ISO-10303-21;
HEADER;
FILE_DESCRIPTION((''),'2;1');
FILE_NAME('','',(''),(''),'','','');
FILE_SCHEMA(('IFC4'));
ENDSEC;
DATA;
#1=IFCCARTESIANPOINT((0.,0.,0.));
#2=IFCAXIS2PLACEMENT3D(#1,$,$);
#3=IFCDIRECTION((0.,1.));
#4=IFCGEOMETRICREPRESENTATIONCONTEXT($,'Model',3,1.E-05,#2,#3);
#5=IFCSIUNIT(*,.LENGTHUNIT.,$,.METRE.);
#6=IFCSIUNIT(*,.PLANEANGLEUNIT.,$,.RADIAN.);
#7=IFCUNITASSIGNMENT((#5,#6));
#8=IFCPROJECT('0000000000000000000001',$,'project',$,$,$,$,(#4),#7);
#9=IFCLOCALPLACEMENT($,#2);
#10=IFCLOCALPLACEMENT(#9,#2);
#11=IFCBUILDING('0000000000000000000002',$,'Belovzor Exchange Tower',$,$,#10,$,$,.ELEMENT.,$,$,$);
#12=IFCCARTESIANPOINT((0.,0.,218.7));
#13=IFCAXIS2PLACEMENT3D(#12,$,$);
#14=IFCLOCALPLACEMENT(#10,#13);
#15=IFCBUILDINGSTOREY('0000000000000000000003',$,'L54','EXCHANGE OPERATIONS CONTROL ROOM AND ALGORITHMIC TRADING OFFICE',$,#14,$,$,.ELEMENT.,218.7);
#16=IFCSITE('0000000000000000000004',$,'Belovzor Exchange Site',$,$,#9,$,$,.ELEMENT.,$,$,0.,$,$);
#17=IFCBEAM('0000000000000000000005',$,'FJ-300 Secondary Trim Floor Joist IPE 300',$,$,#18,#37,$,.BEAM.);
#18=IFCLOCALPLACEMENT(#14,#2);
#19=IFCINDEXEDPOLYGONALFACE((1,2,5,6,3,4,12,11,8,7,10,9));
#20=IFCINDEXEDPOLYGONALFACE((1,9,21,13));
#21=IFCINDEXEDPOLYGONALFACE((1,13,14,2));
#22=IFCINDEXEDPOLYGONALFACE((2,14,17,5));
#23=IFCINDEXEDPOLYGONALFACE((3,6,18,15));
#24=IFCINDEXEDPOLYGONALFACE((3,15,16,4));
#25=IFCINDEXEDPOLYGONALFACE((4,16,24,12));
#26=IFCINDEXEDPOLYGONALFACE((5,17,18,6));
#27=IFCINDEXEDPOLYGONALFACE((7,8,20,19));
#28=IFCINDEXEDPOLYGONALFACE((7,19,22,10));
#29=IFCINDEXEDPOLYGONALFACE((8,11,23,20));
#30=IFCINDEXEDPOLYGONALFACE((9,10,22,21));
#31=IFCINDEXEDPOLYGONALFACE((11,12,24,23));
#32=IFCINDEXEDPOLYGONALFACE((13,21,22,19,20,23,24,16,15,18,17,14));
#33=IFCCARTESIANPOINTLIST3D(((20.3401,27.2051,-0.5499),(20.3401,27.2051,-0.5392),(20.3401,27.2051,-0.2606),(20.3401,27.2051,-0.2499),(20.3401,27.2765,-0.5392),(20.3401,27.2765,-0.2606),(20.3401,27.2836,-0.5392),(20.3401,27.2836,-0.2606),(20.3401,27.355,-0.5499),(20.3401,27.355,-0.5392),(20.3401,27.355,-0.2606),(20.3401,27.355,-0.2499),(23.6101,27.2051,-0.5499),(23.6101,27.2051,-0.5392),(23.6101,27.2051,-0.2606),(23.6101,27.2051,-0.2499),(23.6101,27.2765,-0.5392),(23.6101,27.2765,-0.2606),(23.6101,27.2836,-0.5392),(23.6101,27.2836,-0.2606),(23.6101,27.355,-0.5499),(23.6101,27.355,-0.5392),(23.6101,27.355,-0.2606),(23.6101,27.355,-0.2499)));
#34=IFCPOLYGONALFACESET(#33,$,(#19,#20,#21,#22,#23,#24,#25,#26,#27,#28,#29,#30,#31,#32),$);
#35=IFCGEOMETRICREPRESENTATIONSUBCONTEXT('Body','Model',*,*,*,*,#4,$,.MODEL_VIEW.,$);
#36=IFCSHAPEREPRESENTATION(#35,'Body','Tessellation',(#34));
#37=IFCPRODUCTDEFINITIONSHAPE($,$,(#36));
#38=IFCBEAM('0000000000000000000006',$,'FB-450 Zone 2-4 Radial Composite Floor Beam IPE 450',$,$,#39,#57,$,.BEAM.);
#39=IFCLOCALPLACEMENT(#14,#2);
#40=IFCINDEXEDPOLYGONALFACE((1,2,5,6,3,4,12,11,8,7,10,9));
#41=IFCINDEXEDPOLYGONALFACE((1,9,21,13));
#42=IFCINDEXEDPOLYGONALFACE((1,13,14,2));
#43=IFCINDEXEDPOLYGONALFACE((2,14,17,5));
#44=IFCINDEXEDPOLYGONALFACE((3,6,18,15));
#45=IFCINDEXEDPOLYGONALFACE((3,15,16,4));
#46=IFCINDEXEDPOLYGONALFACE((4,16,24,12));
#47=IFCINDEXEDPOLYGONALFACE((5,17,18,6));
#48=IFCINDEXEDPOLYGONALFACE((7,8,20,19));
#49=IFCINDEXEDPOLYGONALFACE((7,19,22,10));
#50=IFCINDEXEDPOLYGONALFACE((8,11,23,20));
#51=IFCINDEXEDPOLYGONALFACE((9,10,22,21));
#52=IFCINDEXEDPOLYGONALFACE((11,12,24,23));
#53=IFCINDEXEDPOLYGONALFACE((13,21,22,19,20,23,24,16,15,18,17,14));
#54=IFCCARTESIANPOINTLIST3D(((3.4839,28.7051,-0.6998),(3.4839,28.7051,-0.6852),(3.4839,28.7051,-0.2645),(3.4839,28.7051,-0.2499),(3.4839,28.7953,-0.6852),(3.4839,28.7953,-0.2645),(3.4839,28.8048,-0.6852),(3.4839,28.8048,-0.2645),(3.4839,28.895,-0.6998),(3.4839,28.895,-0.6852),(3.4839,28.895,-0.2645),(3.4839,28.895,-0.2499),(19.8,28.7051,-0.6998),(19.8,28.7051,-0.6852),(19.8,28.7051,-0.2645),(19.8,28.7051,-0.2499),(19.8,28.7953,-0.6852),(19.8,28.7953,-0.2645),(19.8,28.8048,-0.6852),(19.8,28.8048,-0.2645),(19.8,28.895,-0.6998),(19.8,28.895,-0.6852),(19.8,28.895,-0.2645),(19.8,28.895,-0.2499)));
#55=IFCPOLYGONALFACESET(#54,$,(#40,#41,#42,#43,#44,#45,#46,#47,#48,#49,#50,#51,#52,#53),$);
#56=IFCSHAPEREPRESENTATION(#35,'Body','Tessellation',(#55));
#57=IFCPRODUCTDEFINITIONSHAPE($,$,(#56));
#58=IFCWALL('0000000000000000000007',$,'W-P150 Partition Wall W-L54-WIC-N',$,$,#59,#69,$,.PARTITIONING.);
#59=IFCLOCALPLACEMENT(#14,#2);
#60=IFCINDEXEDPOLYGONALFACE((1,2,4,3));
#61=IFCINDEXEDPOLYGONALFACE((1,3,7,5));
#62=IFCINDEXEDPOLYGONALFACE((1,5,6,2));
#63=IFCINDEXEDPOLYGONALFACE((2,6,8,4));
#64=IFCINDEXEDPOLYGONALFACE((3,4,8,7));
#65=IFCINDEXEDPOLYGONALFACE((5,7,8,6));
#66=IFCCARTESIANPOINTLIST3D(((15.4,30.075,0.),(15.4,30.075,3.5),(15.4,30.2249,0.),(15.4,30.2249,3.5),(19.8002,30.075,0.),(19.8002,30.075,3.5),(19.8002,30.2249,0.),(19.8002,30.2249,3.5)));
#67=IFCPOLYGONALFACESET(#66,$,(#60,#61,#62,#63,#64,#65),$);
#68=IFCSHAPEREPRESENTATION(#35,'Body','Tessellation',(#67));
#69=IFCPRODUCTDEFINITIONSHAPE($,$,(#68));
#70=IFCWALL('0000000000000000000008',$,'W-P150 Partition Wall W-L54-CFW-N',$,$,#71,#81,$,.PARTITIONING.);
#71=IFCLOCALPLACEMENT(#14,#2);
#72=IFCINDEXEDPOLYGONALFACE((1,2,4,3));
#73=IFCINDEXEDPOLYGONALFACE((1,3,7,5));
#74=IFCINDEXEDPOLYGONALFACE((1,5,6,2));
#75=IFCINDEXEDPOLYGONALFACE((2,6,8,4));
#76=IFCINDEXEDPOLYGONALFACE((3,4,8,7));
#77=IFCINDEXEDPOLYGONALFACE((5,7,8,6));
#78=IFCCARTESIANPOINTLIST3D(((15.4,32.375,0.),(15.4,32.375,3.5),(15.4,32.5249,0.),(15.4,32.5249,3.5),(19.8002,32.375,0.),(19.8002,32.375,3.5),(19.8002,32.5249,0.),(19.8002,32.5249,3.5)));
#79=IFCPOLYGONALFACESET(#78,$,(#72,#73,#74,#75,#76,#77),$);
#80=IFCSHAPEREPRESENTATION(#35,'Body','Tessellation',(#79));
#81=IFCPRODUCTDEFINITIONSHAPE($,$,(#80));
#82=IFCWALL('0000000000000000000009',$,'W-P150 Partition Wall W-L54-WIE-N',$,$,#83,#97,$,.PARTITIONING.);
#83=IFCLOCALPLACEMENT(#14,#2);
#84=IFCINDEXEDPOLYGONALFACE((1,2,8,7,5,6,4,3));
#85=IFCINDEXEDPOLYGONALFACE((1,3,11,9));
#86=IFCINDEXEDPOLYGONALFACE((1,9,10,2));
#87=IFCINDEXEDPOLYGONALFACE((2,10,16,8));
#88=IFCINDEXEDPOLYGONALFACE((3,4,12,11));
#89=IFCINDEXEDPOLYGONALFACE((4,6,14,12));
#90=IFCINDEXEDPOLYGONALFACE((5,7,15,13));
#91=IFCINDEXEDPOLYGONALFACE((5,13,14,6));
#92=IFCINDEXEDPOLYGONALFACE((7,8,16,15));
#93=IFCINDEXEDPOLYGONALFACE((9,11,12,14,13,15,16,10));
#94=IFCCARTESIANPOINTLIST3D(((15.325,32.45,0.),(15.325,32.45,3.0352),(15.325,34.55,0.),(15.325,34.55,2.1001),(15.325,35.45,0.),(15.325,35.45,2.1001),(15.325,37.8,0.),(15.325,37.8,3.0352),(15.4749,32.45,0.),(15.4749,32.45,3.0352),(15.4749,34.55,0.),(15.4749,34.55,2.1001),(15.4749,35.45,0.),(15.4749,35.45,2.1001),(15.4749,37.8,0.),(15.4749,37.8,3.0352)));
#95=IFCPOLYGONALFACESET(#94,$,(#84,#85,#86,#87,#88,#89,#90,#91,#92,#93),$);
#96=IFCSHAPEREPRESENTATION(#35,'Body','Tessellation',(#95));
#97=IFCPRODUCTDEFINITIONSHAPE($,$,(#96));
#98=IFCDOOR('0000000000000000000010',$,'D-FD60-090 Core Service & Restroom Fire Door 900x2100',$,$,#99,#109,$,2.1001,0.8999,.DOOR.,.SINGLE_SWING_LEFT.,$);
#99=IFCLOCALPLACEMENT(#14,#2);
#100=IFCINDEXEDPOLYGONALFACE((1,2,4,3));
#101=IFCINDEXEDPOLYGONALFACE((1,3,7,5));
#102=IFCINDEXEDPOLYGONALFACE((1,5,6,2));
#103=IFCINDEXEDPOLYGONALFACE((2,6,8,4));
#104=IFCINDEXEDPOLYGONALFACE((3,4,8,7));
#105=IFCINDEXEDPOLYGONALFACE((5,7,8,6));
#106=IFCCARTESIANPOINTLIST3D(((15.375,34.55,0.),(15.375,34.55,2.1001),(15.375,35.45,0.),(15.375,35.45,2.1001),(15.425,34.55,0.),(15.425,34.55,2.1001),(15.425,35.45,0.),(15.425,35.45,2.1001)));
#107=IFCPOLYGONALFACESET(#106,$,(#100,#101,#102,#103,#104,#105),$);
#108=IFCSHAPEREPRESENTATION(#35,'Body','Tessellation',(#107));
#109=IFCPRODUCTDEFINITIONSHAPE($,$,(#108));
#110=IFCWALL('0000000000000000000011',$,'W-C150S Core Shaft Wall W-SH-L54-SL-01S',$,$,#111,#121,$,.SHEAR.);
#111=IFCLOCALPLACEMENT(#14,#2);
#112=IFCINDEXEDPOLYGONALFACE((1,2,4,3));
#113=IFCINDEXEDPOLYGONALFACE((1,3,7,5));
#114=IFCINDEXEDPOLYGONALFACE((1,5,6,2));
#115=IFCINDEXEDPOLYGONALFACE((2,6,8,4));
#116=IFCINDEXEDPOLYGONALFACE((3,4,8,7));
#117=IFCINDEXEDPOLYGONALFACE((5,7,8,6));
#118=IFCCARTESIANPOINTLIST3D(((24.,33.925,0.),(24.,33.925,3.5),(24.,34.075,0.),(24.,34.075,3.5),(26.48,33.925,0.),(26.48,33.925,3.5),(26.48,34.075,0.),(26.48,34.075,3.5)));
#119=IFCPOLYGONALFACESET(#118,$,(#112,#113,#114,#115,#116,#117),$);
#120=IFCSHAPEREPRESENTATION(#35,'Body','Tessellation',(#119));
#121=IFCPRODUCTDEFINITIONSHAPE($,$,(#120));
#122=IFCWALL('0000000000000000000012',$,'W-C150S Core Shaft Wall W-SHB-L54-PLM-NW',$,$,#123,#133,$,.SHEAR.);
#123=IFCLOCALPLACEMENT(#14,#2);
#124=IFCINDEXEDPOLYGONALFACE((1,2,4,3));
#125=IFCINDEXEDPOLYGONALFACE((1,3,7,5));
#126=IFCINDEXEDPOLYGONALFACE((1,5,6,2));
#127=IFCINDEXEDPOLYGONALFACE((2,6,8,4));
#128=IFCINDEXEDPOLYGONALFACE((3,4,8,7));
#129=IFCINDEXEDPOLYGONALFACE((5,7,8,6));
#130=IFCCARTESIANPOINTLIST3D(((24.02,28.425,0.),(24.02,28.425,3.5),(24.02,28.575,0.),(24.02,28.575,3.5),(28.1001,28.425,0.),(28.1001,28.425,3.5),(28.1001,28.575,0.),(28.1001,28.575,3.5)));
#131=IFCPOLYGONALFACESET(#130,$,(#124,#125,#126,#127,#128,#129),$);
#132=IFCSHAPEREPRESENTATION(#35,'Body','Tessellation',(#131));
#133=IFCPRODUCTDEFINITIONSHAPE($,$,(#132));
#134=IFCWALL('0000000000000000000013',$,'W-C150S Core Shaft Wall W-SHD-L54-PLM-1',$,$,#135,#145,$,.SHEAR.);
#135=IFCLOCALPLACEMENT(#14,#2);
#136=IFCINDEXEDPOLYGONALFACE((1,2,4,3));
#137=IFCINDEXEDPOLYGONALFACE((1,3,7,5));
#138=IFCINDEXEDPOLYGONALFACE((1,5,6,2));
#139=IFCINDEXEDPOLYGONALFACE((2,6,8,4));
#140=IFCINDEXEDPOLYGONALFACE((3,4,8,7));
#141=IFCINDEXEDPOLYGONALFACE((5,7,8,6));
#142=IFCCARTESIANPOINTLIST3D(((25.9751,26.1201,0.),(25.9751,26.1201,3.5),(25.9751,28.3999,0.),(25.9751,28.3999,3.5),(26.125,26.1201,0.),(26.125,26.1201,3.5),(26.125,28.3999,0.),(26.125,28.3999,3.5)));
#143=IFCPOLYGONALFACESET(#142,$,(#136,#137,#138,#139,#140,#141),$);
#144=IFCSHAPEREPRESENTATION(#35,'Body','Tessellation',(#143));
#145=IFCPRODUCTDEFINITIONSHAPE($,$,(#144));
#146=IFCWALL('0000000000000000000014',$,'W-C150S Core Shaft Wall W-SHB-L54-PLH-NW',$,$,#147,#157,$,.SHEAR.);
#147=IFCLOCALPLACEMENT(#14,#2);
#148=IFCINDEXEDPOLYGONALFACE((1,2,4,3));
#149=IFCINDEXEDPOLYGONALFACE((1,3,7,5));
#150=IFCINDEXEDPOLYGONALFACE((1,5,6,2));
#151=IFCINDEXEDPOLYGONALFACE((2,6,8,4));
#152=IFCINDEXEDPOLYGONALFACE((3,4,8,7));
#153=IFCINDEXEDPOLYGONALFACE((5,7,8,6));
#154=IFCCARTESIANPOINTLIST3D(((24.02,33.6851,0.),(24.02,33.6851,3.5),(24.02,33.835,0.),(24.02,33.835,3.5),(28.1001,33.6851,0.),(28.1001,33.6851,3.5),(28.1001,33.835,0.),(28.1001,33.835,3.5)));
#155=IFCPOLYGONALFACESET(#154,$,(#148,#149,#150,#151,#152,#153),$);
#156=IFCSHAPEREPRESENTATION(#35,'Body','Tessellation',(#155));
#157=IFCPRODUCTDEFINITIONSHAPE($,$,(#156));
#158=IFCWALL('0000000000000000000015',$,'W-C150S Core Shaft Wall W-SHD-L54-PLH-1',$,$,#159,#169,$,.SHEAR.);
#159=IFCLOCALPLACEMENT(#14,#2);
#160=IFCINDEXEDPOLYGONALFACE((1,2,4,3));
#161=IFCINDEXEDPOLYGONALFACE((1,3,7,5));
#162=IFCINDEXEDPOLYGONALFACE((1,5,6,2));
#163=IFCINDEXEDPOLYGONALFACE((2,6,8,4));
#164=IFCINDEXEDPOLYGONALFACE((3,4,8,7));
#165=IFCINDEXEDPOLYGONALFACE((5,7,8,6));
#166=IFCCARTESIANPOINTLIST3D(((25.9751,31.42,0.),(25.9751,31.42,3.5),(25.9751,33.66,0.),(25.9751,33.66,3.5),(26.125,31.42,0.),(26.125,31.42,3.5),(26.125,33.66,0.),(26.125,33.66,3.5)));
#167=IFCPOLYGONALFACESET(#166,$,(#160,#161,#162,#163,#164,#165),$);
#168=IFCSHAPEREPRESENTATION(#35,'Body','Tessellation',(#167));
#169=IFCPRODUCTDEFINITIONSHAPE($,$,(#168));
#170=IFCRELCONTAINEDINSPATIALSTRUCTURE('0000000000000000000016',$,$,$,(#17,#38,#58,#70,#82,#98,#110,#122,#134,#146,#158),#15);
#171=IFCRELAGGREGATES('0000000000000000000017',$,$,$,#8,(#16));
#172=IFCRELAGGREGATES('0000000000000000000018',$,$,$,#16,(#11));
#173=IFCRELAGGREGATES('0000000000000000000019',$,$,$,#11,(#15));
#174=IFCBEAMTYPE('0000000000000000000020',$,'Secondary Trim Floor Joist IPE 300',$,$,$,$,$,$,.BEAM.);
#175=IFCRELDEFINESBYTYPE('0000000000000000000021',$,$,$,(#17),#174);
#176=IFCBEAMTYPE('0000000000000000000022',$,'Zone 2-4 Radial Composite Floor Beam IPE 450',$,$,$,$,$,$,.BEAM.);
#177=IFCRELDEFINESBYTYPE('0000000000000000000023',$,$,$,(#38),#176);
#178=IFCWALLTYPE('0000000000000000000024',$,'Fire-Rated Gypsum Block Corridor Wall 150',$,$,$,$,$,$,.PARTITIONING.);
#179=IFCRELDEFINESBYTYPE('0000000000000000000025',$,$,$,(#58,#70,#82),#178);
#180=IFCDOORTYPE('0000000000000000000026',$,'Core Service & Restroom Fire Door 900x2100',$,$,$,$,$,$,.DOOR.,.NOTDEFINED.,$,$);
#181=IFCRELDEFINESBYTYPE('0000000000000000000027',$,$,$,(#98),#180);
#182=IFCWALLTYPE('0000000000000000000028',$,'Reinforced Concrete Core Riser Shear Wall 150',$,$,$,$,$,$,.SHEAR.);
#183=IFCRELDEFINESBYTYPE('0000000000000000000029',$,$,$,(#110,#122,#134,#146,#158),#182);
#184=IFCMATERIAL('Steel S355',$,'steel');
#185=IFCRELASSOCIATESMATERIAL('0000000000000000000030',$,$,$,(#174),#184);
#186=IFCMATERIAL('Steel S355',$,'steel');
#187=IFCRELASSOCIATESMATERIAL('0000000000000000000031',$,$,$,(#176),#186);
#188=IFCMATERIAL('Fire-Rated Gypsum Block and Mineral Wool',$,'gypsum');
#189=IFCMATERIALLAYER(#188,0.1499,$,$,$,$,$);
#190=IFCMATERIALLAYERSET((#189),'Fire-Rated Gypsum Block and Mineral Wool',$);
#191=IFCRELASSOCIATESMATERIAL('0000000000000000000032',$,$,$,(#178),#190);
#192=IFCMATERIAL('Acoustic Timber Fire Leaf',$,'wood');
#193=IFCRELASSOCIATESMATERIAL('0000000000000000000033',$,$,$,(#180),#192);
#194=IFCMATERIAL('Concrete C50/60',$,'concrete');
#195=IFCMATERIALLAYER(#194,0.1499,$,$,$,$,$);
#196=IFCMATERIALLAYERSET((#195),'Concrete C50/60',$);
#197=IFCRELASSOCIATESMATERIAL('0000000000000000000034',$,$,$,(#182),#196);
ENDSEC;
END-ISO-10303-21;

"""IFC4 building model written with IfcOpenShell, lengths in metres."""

from ifc_helpers import new_model, si_unit, direction, frame, frame_2d, origin, origin_2d, place, context, subcontext, project, spatial, rectangle, i_section, extrude, material, layer, layer_set, material_profile, profile_set, type_object, element, fill, save


model = new_model("IFC4")

# Units and contexts
model_context = context("Model", 3, precision=1e-05, world=origin(), true_north=direction((0.0, 1.0)))
body_context = subcontext(model_context, "Body", "Model", "MODEL_VIEW")
ifc_project = project(units=[si_unit("LENGTHUNIT", "METRE"), si_unit("PLANEANGLEUNIT", "RADIAN")], contexts=[model_context])

# Site, building, storey
site_placement = place(None, origin())
site = spatial("IfcSite", under=ifc_project, at=site_placement, Name="Belovzor Exchange Site", CompositionType="ELEMENT", RefElevation=0.0)
building_placement = place(site_placement, origin())
building = spatial("IfcBuilding", under=site, at=building_placement, Name="Belovzor Exchange Tower", CompositionType="ELEMENT")
storey_placement = place(building_placement, frame((0.0, 0.0, 218.7)))
storey = spatial("IfcBuildingStorey", under=building, at=storey_placement, Name="L54", Description="EXCHANGE OPERATIONS CONTROL ROOM AND ALGORITHMIC TRADING OFFICE", CompositionType="ELEMENT", Elevation=218.7)

# Beams
ifc_material_1 = material(Name="Steel S355", Category="steel")
ifc_material_profile_1 = material_profile(ifc_material_1, i_section(OverallWidth=0.1499, OverallDepth=0.3, WebThickness=0.0071, FlangeThickness=0.0107, at=origin_2d()))
ifc_profile_set_1 = profile_set([ifc_material_profile_1], Name="Steel S355")
beam_type_1 = type_object("IfcBeamType", Name="Secondary Trim Floor Joist IPE 300", PredefinedType="BEAM", material=ifc_profile_set_1)
beam_1_placement = place(storey_placement, frame((20.3401, 27.28, -0.3999), z_axis=(1.0, 0.0, 0.0), x_axis=(0.0, 1.0, 0.0)))
element("IfcBeam", 1, at=beam_1_placement, inside=storey, type_object=beam_type_1, Name="FJ-300 Secondary Trim Floor Joist IPE 300", PredefinedType="BEAM", context=body_context, shape_type="SweptSolid", body=[
    extrude(i_section(OverallWidth=0.1499, OverallDepth=0.3, WebThickness=0.0071, FlangeThickness=0.0107, at=origin_2d()), origin(), (0.0, 0.0, 1.0), 3.27),
])
ifc_material_2 = material(Name="Steel S355", Category="steel")
ifc_material_profile_2 = material_profile(ifc_material_2, i_section(OverallWidth=0.1899, OverallDepth=0.45, WebThickness=0.0095, FlangeThickness=0.0146, at=origin_2d()))
ifc_profile_set_2 = profile_set([ifc_material_profile_2], Name="Steel S355")
beam_type_2 = type_object("IfcBeamType", Name="Zone 2-4 Radial Composite Floor Beam IPE 450", PredefinedType="BEAM", material=ifc_profile_set_2)
beam_2_placement = place(storey_placement, frame((19.8, 28.8, -0.4749), z_axis=(-1.0, 0.0, 0.0), x_axis=(0.0, -1.0, 0.0)))
element("IfcBeam", 2, at=beam_2_placement, inside=storey, type_object=beam_type_2, Name="FB-450 Zone 2-4 Radial Composite Floor Beam IPE 450", PredefinedType="BEAM", context=body_context, shape_type="SweptSolid", body=[
    extrude(i_section(OverallWidth=0.1899, OverallDepth=0.45, WebThickness=0.0095, FlangeThickness=0.0146, at=origin_2d()), origin(), (0.0, 0.0, 1.0), 16.3162),
])

# Walls
ifc_material_3 = material(Name="Fire-Rated Gypsum Block and Mineral Wool", Category="gypsum")
ifc_layer_1 = layer(ifc_material_3, 0.1499)
ifc_layer_set_1 = layer_set([ifc_layer_1], Name="Fire-Rated Gypsum Block and Mineral Wool")
wall_type_1 = type_object("IfcWallType", Name="Fire-Rated Gypsum Block Corridor Wall 150", PredefinedType="PARTITIONING", material=ifc_layer_set_1)
for number, where, z_axis, x_axis, name in (
    (3, (15.3999, 30.1499, 0.0), (0.0, 0.0, 1.0), (1.0, 0.0, 0.0), "W-P150 Partition Wall W-L54-WIC-N"),
    (4, (15.3999, 32.45, 0.0), (0.0, 0.0, 1.0), (1.0, 0.0, 0.0), "W-P150 Partition Wall W-L54-CFW-N"),
):
    element("IfcWall", number, at=place(storey_placement, frame(where, z_axis=z_axis, x_axis=x_axis)), inside=storey, type_object=wall_type_1, Name=name, PredefinedType="PARTITIONING", context=body_context, shape_type="SweptSolid", body=[
        extrude(rectangle(XDim=4.4001, YDim=0.1499, at=frame_2d((2.2002, 0.0))), origin(), (0.0, 0.0, 1.0), 3.5),
    ])

# Wall, opening, door
wall_1_placement = place(storey_placement, frame((15.3999, 32.45, 0.0), z_axis=(0.0, 0.0, 1.0), x_axis=(0.0, 1.0, 0.0)))
wall_1 = element("IfcWall", 5, at=wall_1_placement, inside=storey, type_object=wall_type_1, Name="W-P150 Partition Wall W-L54-WIE-N", PredefinedType="PARTITIONING", context=body_context, shape_type="SweptSolid", body=[
    extrude(rectangle(XDim=5.3501, YDim=0.1499, at=frame_2d((2.675, 0.0))), origin(), (0.0, 0.0, 1.0), 3.0352),
])
opening_1_placement = place(wall_1_placement, frame((2.1001, 0.0, 0.0)))
opening_1 = element("IfcOpeningElement", 6, at=opening_1_placement, cuts=wall_1, PredefinedType="OPENING", context=body_context, shape_type="SweptSolid", body=[
    extrude(rectangle(XDim=0.8999, YDim=2.1001, at=frame_2d((0.45, 1.05))), frame((0.0, 0.085, 0.0), z_axis=(0.0, -1.0, 0.0), x_axis=(1.0, 0.0, 0.0)), (0.0, 0.0, 1.0), 0.1699),
])
ifc_material_4 = material(Name="Acoustic Timber Fire Leaf", Category="wood")
door_type_1 = type_object("IfcDoorType", Name="Core Service & Restroom Fire Door 900x2100", OperationType="NOTDEFINED", PredefinedType="DOOR", material=ifc_material_4)
door_1_placement = place(opening_1_placement, origin())
door_1 = element("IfcDoor", 7, at=door_1_placement, inside=storey, type_object=door_type_1, Name="D-FD60-090 Core Service & Restroom Fire Door 900x2100", OperationType="SINGLE_SWING_LEFT", OverallHeight=2.1001, OverallWidth=0.8999, PredefinedType="DOOR", context=body_context, shape_type="SweptSolid", body=[
    extrude(rectangle(XDim=0.8999, YDim=2.1001, at=frame_2d((0.45, 1.05))), frame((0.0, 0.0249, 0.0), z_axis=(0.0, -1.0, 0.0), x_axis=(1.0, 0.0, 0.0)), (0.0, 0.0, 1.0), 0.05),
])
fill(opening_1, door_1)

# Walls
ifc_material_5 = material(Name="Concrete C50/60", Category="concrete")
ifc_layer_2 = layer(ifc_material_5, 0.1499)
ifc_layer_set_2 = layer_set([ifc_layer_2], Name="Concrete C50/60")
wall_type_2 = type_object("IfcWallType", Name="Reinforced Concrete Core Riser Shear Wall 150", PredefinedType="SHEAR", material=ifc_layer_set_2)
wall_2_placement = place(storey_placement, frame((24.0, 34.0, 0.0), z_axis=(0.0, 0.0, 1.0), x_axis=(1.0, 0.0, 0.0)))
element("IfcWall", 8, at=wall_2_placement, inside=storey, type_object=wall_type_2, Name="W-C150S Core Shaft Wall W-SH-L54-SL-01S", PredefinedType="SHEAR", context=body_context, shape_type="SweptSolid", body=[
    extrude(rectangle(XDim=2.48, YDim=0.1499, at=frame_2d((1.24, 0.0))), origin(), (0.0, 0.0, 1.0), 3.5),
])
wall_3_placement = place(storey_placement, frame((24.02, 28.5, 0.0), z_axis=(0.0, 0.0, 1.0), x_axis=(1.0, 0.0, 0.0)))
element("IfcWall", 9, at=wall_3_placement, inside=storey, type_object=wall_type_2, Name="W-C150S Core Shaft Wall W-SHB-L54-PLM-NW", PredefinedType="SHEAR", context=body_context, shape_type="SweptSolid", body=[
    extrude(rectangle(XDim=4.0801, YDim=0.1499, at=frame_2d((2.04, 0.0))), origin(), (0.0, 0.0, 1.0), 3.5),
])
wall_4_placement = place(storey_placement, frame((26.05, 26.1201, 0.0), z_axis=(0.0, 0.0, 1.0), x_axis=(0.0, 1.0, 0.0)))
element("IfcWall", 10, at=wall_4_placement, inside=storey, type_object=wall_type_2, Name="W-C150S Core Shaft Wall W-SHD-L54-PLM-1", PredefinedType="SHEAR", context=body_context, shape_type="SweptSolid", body=[
    extrude(rectangle(XDim=2.2798, YDim=0.1499, at=frame_2d((1.1399, 0.0))), origin(), (0.0, 0.0, 1.0), 3.5),
])
wall_5_placement = place(storey_placement, frame((24.02, 33.76, 0.0), z_axis=(0.0, 0.0, 1.0), x_axis=(1.0, 0.0, 0.0)))
element("IfcWall", 11, at=wall_5_placement, inside=storey, type_object=wall_type_2, Name="W-C150S Core Shaft Wall W-SHB-L54-PLH-NW", PredefinedType="SHEAR", context=body_context, shape_type="SweptSolid", body=[
    extrude(rectangle(XDim=4.0801, YDim=0.1499, at=frame_2d((2.04, 0.0))), origin(), (0.0, 0.0, 1.0), 3.5),
])
wall_6_placement = place(storey_placement, frame((26.05, 31.4199, 0.0), z_axis=(0.0, 0.0, 1.0), x_axis=(0.0, 1.0, 0.0)))
element("IfcWall", 12, at=wall_6_placement, inside=storey, type_object=wall_type_2, Name="W-C150S Core Shaft Wall W-SHD-L54-PLH-1", PredefinedType="SHEAR", context=body_context, shape_type="SweptSolid", body=[
    extrude(rectangle(XDim=2.24, YDim=0.1499, at=frame_2d((1.1201, 0.0))), origin(), (0.0, 0.0, 1.0), 3.5),
])

save(model, "model.ifc")
